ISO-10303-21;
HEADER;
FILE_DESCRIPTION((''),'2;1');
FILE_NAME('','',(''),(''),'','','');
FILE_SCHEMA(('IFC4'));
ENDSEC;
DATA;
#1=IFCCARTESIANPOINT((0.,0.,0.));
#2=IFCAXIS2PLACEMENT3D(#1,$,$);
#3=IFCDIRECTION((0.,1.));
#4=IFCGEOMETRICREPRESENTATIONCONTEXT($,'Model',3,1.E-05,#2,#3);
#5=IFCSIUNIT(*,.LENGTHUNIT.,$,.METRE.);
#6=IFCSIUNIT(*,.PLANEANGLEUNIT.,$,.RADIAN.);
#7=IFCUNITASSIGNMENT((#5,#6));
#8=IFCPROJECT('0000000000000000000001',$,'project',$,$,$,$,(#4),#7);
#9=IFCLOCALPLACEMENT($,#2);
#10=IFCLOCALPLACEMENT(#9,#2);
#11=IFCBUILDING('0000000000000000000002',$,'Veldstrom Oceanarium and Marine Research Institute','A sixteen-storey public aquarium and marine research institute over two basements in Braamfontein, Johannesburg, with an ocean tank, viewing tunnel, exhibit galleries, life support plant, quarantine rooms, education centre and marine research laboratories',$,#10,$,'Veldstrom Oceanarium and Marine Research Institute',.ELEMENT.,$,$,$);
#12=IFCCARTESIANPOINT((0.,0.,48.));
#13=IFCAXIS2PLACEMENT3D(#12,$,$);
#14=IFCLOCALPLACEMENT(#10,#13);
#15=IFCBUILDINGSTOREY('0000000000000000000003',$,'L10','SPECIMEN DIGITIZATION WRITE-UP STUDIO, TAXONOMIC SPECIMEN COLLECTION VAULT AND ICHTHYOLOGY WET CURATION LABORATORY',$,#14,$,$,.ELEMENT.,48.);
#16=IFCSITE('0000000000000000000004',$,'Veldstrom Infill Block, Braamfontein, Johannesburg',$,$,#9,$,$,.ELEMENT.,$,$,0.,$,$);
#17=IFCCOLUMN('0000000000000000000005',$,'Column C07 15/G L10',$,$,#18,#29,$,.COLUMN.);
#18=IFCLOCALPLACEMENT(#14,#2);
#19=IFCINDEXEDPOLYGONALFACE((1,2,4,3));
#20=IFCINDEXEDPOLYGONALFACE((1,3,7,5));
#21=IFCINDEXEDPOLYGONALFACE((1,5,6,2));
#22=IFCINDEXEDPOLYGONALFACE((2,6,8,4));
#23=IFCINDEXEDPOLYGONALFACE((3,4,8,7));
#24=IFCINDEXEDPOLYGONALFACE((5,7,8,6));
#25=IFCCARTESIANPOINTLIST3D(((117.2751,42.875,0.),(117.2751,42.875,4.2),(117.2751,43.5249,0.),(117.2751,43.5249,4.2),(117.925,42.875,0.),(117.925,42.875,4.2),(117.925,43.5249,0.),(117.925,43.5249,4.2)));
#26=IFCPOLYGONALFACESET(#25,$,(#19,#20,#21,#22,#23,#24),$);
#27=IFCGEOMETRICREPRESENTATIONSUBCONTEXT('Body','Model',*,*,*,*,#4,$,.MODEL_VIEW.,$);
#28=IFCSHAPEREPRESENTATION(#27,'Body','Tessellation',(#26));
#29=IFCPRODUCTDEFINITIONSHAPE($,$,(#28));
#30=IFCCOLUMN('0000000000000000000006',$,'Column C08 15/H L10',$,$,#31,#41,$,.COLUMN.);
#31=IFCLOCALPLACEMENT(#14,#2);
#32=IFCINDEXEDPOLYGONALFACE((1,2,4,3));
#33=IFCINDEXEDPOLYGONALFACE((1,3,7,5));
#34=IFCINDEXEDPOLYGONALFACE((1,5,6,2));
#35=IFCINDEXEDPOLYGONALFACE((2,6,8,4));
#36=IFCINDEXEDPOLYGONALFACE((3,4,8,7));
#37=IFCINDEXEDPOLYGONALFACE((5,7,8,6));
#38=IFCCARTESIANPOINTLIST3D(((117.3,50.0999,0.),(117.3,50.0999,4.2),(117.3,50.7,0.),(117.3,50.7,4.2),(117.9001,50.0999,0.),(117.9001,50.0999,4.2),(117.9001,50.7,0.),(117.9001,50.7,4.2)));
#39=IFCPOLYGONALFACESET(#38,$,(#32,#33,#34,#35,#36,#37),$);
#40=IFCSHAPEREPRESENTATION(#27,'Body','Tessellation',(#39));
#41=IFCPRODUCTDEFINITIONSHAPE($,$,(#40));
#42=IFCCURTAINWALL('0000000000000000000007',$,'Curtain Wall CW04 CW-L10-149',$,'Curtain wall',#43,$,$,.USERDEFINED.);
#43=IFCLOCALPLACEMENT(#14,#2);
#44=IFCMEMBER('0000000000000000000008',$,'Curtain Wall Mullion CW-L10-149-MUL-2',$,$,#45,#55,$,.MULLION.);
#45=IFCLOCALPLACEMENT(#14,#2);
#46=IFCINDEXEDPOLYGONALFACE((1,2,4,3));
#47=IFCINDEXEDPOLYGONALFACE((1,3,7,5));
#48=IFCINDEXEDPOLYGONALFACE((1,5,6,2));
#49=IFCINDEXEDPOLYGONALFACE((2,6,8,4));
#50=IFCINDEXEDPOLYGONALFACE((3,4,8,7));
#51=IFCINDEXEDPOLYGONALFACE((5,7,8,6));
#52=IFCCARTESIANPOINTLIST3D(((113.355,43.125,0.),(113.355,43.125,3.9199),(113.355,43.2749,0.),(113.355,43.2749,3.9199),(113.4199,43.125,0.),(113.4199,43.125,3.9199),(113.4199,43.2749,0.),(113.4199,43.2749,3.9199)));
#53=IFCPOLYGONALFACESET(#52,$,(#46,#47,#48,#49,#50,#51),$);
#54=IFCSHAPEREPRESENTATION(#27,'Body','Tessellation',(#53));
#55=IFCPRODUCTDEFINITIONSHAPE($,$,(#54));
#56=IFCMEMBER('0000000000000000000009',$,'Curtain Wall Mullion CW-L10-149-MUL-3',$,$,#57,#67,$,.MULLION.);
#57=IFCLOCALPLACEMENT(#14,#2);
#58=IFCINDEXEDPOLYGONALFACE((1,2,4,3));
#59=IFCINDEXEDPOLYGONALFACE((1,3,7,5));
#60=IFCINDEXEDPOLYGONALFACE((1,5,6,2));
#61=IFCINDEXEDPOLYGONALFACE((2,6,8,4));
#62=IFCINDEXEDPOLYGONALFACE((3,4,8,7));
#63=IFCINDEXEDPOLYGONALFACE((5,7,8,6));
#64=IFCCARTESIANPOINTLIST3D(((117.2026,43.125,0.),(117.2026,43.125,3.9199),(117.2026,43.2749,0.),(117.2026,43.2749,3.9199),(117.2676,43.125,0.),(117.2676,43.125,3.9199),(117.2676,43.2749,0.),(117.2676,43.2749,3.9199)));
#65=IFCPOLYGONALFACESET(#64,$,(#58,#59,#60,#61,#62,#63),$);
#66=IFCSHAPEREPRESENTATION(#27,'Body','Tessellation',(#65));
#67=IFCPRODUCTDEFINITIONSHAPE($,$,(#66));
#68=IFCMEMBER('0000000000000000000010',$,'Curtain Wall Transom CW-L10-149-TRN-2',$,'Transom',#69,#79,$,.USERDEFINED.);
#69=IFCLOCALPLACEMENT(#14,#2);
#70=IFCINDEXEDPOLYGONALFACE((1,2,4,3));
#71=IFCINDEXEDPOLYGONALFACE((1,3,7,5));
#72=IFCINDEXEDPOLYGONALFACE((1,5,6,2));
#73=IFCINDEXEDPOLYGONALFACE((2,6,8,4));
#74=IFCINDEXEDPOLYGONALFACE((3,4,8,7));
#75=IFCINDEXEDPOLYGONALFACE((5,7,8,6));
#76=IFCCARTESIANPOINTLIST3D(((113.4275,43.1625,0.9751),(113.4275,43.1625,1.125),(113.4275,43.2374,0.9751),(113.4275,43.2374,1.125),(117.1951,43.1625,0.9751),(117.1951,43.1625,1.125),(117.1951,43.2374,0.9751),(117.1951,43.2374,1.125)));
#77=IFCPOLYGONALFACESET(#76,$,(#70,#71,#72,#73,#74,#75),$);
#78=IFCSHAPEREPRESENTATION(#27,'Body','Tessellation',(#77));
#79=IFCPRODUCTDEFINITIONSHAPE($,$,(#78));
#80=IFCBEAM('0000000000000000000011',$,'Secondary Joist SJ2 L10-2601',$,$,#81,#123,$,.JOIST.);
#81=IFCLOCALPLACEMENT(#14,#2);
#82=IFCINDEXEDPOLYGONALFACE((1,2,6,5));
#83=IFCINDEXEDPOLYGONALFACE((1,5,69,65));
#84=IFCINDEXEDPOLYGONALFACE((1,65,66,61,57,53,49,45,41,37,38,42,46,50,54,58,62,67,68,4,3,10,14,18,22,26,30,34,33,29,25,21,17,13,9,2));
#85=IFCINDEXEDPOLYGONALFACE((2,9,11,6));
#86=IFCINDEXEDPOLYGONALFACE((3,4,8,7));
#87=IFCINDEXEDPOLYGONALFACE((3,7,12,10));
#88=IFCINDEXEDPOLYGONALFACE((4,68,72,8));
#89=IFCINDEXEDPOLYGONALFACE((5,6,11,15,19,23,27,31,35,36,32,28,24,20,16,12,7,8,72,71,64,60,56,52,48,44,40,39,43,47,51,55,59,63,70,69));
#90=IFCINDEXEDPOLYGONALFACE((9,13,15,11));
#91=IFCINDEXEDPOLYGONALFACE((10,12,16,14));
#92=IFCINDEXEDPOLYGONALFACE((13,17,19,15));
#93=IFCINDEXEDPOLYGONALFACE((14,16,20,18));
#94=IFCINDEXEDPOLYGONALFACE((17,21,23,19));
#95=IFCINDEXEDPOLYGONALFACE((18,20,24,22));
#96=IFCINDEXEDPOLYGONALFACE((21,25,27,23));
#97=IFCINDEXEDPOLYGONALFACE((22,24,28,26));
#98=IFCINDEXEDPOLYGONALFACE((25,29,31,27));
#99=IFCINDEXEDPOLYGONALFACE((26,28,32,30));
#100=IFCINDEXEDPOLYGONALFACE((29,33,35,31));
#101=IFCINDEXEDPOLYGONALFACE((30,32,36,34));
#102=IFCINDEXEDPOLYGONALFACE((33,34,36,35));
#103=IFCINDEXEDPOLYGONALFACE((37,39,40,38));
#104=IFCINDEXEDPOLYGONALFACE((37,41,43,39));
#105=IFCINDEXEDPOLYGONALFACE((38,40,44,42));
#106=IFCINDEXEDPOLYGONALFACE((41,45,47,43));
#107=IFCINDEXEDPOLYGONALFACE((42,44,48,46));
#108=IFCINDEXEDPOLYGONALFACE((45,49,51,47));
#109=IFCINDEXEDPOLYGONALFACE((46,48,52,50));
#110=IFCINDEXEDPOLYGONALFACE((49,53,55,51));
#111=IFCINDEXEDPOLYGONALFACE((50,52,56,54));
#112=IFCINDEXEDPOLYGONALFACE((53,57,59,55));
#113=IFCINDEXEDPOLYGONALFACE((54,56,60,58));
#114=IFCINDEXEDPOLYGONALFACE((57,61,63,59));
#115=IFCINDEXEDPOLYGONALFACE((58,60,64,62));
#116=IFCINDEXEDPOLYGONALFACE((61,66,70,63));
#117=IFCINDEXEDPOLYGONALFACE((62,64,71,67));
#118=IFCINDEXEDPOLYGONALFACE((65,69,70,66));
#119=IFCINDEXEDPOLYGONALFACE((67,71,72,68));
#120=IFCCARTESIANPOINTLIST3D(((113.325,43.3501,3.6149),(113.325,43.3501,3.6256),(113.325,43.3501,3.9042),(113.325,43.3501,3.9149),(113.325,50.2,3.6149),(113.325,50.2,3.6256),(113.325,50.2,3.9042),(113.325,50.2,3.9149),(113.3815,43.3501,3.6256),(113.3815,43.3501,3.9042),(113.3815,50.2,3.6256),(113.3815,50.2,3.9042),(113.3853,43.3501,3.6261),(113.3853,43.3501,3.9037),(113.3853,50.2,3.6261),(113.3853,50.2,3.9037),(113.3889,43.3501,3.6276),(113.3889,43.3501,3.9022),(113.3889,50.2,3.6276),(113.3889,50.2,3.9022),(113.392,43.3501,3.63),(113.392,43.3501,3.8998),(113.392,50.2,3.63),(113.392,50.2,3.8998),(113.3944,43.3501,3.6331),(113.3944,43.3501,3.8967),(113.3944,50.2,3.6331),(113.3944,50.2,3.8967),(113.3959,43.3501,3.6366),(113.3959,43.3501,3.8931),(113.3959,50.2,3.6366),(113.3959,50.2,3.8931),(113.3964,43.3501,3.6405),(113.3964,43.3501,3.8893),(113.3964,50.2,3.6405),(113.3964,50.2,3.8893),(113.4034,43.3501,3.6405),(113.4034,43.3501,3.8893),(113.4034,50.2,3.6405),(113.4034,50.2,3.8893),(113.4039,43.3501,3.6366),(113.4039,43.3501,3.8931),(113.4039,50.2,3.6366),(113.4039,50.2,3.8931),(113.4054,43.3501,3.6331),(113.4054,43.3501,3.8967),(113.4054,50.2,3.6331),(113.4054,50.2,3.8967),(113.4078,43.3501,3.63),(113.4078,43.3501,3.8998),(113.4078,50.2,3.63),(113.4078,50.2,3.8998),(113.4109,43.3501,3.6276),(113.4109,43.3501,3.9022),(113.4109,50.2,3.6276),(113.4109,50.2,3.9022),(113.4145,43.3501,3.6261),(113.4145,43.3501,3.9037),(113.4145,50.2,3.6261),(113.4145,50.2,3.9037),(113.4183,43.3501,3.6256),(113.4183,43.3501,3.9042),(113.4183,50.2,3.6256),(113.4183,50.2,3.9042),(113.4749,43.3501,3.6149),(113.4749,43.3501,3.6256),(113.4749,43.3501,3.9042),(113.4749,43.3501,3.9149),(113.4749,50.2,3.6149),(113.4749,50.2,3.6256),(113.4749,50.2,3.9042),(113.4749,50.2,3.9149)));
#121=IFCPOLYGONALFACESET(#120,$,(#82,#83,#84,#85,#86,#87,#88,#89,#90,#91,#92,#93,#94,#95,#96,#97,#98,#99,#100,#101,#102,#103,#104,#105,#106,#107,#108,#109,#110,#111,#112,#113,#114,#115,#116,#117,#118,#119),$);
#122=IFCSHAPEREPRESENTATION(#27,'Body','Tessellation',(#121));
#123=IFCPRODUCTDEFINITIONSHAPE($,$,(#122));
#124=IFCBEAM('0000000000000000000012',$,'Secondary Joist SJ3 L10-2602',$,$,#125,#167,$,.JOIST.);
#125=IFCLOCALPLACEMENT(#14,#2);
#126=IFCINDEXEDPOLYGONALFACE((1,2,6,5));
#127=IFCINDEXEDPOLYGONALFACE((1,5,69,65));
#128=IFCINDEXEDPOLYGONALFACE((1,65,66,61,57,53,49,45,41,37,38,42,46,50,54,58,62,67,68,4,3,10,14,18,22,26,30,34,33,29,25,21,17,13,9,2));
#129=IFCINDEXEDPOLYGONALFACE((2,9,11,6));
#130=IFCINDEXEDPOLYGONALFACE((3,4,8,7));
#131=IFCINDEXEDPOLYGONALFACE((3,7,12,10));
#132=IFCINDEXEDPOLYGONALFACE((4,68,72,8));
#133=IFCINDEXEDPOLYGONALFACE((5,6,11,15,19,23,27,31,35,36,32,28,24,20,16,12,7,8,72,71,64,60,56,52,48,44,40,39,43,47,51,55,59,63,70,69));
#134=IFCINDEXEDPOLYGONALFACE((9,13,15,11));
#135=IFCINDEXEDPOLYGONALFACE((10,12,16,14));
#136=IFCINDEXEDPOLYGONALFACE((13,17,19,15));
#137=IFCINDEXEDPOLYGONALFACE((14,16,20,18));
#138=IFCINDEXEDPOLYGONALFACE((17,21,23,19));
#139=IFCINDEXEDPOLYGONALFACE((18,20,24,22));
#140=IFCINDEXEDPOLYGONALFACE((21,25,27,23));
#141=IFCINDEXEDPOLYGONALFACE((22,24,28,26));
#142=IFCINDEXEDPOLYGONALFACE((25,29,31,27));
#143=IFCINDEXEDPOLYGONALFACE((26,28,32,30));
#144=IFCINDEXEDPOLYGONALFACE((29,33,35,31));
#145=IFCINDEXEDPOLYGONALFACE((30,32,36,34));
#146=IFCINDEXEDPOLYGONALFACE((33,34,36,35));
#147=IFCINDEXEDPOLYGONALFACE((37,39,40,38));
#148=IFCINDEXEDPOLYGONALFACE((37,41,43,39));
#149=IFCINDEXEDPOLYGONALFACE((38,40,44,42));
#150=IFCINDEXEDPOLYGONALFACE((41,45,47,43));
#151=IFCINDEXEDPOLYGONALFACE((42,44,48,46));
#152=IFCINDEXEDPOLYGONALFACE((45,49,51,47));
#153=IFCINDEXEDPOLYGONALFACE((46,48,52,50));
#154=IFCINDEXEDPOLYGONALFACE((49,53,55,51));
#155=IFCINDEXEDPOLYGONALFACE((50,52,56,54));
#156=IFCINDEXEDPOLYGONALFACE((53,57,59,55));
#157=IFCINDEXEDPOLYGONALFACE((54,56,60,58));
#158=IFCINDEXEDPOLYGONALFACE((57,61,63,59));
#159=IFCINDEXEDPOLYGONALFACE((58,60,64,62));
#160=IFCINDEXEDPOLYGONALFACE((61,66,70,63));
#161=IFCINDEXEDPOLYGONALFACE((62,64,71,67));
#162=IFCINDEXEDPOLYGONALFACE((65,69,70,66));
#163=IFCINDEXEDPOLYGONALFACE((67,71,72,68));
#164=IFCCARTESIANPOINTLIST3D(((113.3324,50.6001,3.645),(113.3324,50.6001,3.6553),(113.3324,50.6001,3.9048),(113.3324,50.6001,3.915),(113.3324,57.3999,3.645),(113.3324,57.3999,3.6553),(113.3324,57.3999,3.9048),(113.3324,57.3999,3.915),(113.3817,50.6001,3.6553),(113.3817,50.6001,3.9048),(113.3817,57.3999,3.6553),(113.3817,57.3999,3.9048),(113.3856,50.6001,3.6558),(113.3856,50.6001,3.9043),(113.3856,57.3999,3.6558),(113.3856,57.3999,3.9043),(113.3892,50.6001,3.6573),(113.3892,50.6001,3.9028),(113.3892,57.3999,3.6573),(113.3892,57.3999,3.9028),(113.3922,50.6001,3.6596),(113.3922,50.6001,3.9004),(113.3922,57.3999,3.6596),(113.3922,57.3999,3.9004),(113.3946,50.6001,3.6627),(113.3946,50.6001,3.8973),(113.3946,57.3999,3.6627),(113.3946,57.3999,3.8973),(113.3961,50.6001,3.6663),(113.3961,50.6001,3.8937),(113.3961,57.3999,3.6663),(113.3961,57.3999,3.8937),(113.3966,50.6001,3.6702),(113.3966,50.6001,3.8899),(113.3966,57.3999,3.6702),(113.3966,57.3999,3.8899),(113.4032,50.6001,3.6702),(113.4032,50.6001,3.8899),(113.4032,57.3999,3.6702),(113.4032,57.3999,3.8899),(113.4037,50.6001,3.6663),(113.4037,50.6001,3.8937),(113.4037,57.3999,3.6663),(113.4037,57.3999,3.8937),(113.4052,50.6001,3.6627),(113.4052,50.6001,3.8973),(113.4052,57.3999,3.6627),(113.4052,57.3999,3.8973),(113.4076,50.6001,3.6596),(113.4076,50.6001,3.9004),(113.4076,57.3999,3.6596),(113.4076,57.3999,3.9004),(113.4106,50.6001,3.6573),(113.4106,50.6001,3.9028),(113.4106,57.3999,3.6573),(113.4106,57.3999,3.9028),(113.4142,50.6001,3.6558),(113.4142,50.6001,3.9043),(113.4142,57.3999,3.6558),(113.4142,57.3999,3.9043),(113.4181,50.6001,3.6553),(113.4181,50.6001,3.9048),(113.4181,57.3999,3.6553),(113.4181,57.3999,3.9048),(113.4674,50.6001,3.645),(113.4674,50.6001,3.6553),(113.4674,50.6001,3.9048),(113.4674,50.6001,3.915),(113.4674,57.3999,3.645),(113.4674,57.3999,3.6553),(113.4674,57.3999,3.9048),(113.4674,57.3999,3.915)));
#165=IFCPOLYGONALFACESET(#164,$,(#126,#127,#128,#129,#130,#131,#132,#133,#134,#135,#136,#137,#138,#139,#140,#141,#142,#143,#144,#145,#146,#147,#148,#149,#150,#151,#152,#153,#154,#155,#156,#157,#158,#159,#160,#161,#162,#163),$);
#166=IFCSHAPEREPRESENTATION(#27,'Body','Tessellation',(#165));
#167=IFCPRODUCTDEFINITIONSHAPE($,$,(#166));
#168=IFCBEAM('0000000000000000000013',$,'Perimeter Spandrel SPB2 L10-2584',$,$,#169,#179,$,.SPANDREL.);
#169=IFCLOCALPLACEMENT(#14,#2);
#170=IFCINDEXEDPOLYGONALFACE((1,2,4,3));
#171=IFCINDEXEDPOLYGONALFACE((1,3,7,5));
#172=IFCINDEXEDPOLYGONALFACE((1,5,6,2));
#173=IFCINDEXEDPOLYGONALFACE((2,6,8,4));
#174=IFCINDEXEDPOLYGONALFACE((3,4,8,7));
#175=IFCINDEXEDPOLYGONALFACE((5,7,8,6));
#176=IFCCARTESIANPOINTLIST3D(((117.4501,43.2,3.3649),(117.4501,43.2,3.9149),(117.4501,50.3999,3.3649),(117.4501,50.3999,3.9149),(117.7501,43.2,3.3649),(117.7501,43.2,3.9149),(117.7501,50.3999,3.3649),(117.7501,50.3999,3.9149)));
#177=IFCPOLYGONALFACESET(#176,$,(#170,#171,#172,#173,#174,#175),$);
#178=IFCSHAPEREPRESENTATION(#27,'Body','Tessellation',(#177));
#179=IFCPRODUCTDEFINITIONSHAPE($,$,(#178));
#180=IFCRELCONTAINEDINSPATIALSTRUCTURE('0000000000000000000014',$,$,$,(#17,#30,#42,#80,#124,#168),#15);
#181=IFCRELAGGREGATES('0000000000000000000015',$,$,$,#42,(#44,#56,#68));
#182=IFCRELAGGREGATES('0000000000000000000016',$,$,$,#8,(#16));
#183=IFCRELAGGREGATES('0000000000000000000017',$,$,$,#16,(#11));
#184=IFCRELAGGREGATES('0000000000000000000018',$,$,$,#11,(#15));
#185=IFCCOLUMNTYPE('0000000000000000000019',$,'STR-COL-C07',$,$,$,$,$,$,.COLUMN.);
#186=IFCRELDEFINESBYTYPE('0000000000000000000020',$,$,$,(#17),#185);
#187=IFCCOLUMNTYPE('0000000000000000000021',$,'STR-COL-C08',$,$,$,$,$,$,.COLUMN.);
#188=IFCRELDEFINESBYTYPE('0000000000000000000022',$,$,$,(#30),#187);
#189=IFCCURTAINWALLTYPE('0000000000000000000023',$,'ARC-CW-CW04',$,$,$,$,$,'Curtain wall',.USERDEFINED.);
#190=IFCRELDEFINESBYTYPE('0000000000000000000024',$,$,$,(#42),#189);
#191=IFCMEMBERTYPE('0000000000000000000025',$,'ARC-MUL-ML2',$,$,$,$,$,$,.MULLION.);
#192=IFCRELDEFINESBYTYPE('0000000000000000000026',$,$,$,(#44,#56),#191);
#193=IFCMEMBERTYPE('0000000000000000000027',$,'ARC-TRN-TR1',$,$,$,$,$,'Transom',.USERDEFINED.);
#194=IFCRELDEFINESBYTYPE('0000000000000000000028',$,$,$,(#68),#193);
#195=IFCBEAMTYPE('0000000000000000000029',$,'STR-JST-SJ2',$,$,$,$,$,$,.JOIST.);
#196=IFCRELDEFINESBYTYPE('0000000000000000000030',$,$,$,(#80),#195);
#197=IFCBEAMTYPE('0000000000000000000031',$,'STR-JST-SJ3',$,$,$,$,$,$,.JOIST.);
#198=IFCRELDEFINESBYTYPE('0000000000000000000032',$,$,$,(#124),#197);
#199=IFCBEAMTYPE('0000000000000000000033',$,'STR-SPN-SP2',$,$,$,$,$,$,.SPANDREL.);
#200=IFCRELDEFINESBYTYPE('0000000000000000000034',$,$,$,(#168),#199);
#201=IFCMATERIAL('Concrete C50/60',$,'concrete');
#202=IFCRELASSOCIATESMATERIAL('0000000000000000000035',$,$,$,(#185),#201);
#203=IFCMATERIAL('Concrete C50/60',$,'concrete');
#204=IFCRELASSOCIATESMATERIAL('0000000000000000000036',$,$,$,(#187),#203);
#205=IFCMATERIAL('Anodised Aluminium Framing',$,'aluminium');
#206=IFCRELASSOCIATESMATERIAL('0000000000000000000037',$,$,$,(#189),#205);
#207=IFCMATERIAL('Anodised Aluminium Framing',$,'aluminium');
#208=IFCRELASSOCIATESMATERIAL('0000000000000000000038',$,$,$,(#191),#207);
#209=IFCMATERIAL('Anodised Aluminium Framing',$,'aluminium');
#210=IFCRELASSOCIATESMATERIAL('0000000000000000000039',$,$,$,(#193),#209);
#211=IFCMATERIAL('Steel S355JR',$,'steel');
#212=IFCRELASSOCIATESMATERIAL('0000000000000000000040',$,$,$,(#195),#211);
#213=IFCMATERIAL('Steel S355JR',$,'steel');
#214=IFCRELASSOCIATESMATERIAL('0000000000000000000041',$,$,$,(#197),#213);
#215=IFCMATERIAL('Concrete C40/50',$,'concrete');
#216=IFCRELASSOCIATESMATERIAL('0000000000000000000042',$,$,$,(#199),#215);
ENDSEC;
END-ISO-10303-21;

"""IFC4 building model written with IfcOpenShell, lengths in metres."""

from ifc_helpers import new_model, si_unit, direction, frame, origin, origin_2d, place, context, subcontext, project, spatial, rectangle, i_section, extrude, material, material_profile, profile_set, type_object, element, aggregate, save


model = new_model("IFC4")

# Units and contexts
model_context = context("Model", 3, precision=1e-05, world=origin(), true_north=direction((0.0, 1.0)))
body_context = subcontext(model_context, "Body", "Model", "MODEL_VIEW")
ifc_project = project(units=[si_unit("LENGTHUNIT", "METRE"), si_unit("PLANEANGLEUNIT", "RADIAN")], contexts=[model_context])

# Site, building, storey
site_placement = place(None, origin())
site = spatial("IfcSite", under=ifc_project, at=site_placement, Name="Veldstrom Infill Block, Braamfontein, Johannesburg", CompositionType="ELEMENT", RefElevation=0.0)
building_placement = place(site_placement, origin())
building = spatial("IfcBuilding", under=site, at=building_placement, Name="Veldstrom Oceanarium and Marine Research Institute", Description="A sixteen-storey public aquarium and marine research institute over two basements in Braamfontein, Johannesburg, with an ocean tank, viewing tunnel, exhibit galleries, life support plant, quarantine rooms, education centre and marine research laboratories", LongName="Veldstrom Oceanarium and Marine Research Institute", CompositionType="ELEMENT")
storey_placement = place(building_placement, frame((0.0, 0.0, 48.0)))
storey = spatial("IfcBuildingStorey", under=building, at=storey_placement, Name="L10", Description="SPECIMEN DIGITIZATION WRITE-UP STUDIO, TAXONOMIC SPECIMEN COLLECTION VAULT AND ICHTHYOLOGY WET CURATION LABORATORY", CompositionType="ELEMENT", Elevation=48.0)

# Columns
ifc_material_1 = material(Name="Concrete C50/60", Category="concrete")
ifc_material_profile_1 = material_profile(ifc_material_1, rectangle(XDim=0.6499, YDim=0.6499, at=origin_2d()), Name="RC-COL-650x650")
ifc_profile_set_1 = profile_set([ifc_material_profile_1], Name="Concrete C50/60")
column_type_1 = type_object("IfcColumnType", Name="STR-COL-C07", PredefinedType="COLUMN", material=ifc_profile_set_1)
column_1_placement = place(storey_placement, frame((117.6001, 43.2, 0.0), z_axis=(0.0, 0.0, 1.0), x_axis=(1.0, 0.0, 0.0)))
element("IfcColumn", 1, at=column_1_placement, inside=storey, type_object=column_type_1, Name="Column C07 15/G L10", PredefinedType="COLUMN", context=body_context, shape_type="SweptSolid", body=[
    extrude(rectangle(XDim=0.6499, YDim=0.6499, at=origin_2d()), origin(), (0.0, 0.0, 1.0), 4.2),
])
ifc_material_2 = material(Name="Concrete C50/60", Category="concrete")
ifc_material_profile_2 = material_profile(ifc_material_2, rectangle(XDim=0.6001, YDim=0.6001, at=origin_2d()), Name="RC-COL-600x600")
ifc_profile_set_2 = profile_set([ifc_material_profile_2], Name="Concrete C50/60")
column_type_2 = type_object("IfcColumnType", Name="STR-COL-C08", PredefinedType="COLUMN", material=ifc_profile_set_2)
column_2_placement = place(storey_placement, frame((117.6001, 50.3999, 0.0), z_axis=(0.0, 0.0, 1.0), x_axis=(1.0, 0.0, 0.0)))
element("IfcColumn", 2, at=column_2_placement, inside=storey, type_object=column_type_2, Name="Column C08 15/H L10", PredefinedType="COLUMN", context=body_context, shape_type="SweptSolid", body=[
    extrude(rectangle(XDim=0.6001, YDim=0.6001, at=origin_2d()), origin(), (0.0, 0.0, 1.0), 4.2),
])

# Curtain wall, members
ifc_material_3 = material(Name="Anodised Aluminium Framing", Category="aluminium")
curtain_wall_type = type_object("IfcCurtainWallType", Name="ARC-CW-CW04", ElementType="Curtain wall", PredefinedType="USERDEFINED", material=ifc_material_3)
curtain_wall_placement = place(storey_placement, origin())
curtain_wall = element("IfcCurtainWall", 3, at=curtain_wall_placement, inside=storey, type_object=curtain_wall_type, Name="Curtain Wall CW04 CW-L10-149", ObjectType="Curtain wall", PredefinedType="USERDEFINED")
ifc_material_4 = material(Name="Anodised Aluminium Framing", Category="aluminium")
ifc_material_profile_3 = material_profile(ifc_material_4, rectangle(XDim=0.0649, YDim=0.1499, at=origin_2d()), Name="ALU-MUL-65x150")
ifc_profile_set_3 = profile_set([ifc_material_profile_3], Name="Anodised Aluminium Framing")
member_type_1 = type_object("IfcMemberType", Name="ARC-MUL-ML2", PredefinedType="MULLION", material=ifc_profile_set_3)
member_1_placement = place(storey_placement, frame((113.3875, 43.2, 0.0), z_axis=(0.0, 0.0, 1.0), x_axis=(1.0, 0.0, 0.0)))
member_1 = element("IfcMember", 4, at=member_1_placement, type_object=member_type_1, Name="Curtain Wall Mullion CW-L10-149-MUL-2", PredefinedType="MULLION", context=body_context, shape_type="SweptSolid", body=[
    extrude(rectangle(XDim=0.0649, YDim=0.1499, at=origin_2d()), origin(), (0.0, 0.0, 1.0), 3.9199),
])
member_2_placement = place(storey_placement, frame((117.2351, 43.2, 0.0), z_axis=(0.0, 0.0, 1.0), x_axis=(1.0, 0.0, 0.0)))
member_2 = element("IfcMember", 5, at=member_2_placement, type_object=member_type_1, Name="Curtain Wall Mullion CW-L10-149-MUL-3", PredefinedType="MULLION", context=body_context, shape_type="SweptSolid", body=[
    extrude(rectangle(XDim=0.0649, YDim=0.1499, at=origin_2d()), origin(), (0.0, 0.0, 1.0), 3.9199),
])
ifc_material_5 = material(Name="Anodised Aluminium Framing", Category="aluminium")
ifc_material_profile_4 = material_profile(ifc_material_5, rectangle(XDim=0.075, YDim=0.1499, at=origin_2d()), Name="ALU-TRN-75x150")
ifc_profile_set_4 = profile_set([ifc_material_profile_4], Name="Anodised Aluminium Framing")
member_type_2 = type_object("IfcMemberType", Name="ARC-TRN-TR1", ElementType="Transom", PredefinedType="USERDEFINED", material=ifc_profile_set_4)
member_3_placement = place(storey_placement, frame((113.4275, 43.2, 1.05), z_axis=(1.0, 0.0, 0.0), x_axis=(0.0, 1.0, 0.0)))
member_3 = element("IfcMember", 6, at=member_3_placement, type_object=member_type_2, Name="Curtain Wall Transom CW-L10-149-TRN-2", ObjectType="Transom", PredefinedType="USERDEFINED", context=body_context, shape_type="SweptSolid", body=[
    extrude(rectangle(XDim=0.075, YDim=0.1499, at=origin_2d()), origin(), (0.0, 0.0, 1.0), 3.7676),
])

# Beams
ifc_material_6 = material(Name="Steel S355JR", Category="steel")
ifc_material_profile_5 = material_profile(ifc_material_6, i_section(OverallWidth=0.1499, OverallDepth=0.3, WebThickness=0.0071, FlangeThickness=0.0107, FilletRadius=0.0149, at=origin_2d()), Name="IPE 300")
ifc_profile_set_5 = profile_set([ifc_material_profile_5], Name="Steel S355JR")
beam_type_1 = type_object("IfcBeamType", Name="STR-JST-SJ2", PredefinedType="JOIST", material=ifc_profile_set_5)
beam_1_placement = place(storey_placement, frame((113.3999, 43.3501, 3.7649), z_axis=(0.0, 1.0, 0.0), x_axis=(-1.0, 0.0, 0.0)))
element("IfcBeam", 7, at=beam_1_placement, inside=storey, type_object=beam_type_1, Name="Secondary Joist SJ2 L10-2601", PredefinedType="JOIST", context=body_context, shape_type="SweptSolid", body=[
    extrude(i_section(OverallWidth=0.1499, OverallDepth=0.3, WebThickness=0.0071, FlangeThickness=0.0107, FilletRadius=0.0149, at=origin_2d()), origin(), (0.0, 0.0, 1.0), 6.8499),
])
ifc_material_7 = material(Name="Steel S355JR", Category="steel")
ifc_material_profile_6 = material_profile(ifc_material_7, i_section(OverallWidth=0.135, OverallDepth=0.27, WebThickness=0.0066, FlangeThickness=0.0103, FilletRadius=0.0149, at=origin_2d()), Name="IPE 270")
ifc_profile_set_6 = profile_set([ifc_material_profile_6], Name="Steel S355JR")
beam_type_2 = type_object("IfcBeamType", Name="STR-JST-SJ3", PredefinedType="JOIST", material=ifc_profile_set_6)
beam_2_placement = place(storey_placement, frame((113.3999, 50.6001, 3.78), z_axis=(0.0, 1.0, 0.0), x_axis=(-1.0, 0.0, 0.0)))
element("IfcBeam", 8, at=beam_2_placement, inside=storey, type_object=beam_type_2, Name="Secondary Joist SJ3 L10-2602", PredefinedType="JOIST", context=body_context, shape_type="SweptSolid", body=[
    extrude(i_section(OverallWidth=0.135, OverallDepth=0.27, WebThickness=0.0066, FlangeThickness=0.0103, FilletRadius=0.0149, at=origin_2d()), origin(), (0.0, 0.0, 1.0), 6.7998),
])
ifc_material_8 = material(Name="Concrete C40/50", Category="concrete")
ifc_material_profile_7 = material_profile(ifc_material_8, rectangle(XDim=0.3, YDim=0.55, at=origin_2d()), Name="RC-SPN-300x550")
ifc_profile_set_7 = profile_set([ifc_material_profile_7], Name="Concrete C40/50")
beam_type_3 = type_object("IfcBeamType", Name="STR-SPN-SP2", PredefinedType="SPANDREL", material=ifc_profile_set_7)
beam_3_placement = place(storey_placement, frame((117.6001, 43.2, 3.6399), z_axis=(0.0, 1.0, 0.0), x_axis=(-1.0, 0.0, 0.0)))
element("IfcBeam", 9, at=beam_3_placement, inside=storey, type_object=beam_type_3, Name="Perimeter Spandrel SPB2 L10-2584", PredefinedType="SPANDREL", context=body_context, shape_type="SweptSolid", body=[
    extrude(rectangle(XDim=0.3, YDim=0.55, at=origin_2d()), origin(), (0.0, 0.0, 1.0), 7.2),
])

aggregate(curtain_wall, [member_1, member_2, member_3])

save(model, "model.ifc")
